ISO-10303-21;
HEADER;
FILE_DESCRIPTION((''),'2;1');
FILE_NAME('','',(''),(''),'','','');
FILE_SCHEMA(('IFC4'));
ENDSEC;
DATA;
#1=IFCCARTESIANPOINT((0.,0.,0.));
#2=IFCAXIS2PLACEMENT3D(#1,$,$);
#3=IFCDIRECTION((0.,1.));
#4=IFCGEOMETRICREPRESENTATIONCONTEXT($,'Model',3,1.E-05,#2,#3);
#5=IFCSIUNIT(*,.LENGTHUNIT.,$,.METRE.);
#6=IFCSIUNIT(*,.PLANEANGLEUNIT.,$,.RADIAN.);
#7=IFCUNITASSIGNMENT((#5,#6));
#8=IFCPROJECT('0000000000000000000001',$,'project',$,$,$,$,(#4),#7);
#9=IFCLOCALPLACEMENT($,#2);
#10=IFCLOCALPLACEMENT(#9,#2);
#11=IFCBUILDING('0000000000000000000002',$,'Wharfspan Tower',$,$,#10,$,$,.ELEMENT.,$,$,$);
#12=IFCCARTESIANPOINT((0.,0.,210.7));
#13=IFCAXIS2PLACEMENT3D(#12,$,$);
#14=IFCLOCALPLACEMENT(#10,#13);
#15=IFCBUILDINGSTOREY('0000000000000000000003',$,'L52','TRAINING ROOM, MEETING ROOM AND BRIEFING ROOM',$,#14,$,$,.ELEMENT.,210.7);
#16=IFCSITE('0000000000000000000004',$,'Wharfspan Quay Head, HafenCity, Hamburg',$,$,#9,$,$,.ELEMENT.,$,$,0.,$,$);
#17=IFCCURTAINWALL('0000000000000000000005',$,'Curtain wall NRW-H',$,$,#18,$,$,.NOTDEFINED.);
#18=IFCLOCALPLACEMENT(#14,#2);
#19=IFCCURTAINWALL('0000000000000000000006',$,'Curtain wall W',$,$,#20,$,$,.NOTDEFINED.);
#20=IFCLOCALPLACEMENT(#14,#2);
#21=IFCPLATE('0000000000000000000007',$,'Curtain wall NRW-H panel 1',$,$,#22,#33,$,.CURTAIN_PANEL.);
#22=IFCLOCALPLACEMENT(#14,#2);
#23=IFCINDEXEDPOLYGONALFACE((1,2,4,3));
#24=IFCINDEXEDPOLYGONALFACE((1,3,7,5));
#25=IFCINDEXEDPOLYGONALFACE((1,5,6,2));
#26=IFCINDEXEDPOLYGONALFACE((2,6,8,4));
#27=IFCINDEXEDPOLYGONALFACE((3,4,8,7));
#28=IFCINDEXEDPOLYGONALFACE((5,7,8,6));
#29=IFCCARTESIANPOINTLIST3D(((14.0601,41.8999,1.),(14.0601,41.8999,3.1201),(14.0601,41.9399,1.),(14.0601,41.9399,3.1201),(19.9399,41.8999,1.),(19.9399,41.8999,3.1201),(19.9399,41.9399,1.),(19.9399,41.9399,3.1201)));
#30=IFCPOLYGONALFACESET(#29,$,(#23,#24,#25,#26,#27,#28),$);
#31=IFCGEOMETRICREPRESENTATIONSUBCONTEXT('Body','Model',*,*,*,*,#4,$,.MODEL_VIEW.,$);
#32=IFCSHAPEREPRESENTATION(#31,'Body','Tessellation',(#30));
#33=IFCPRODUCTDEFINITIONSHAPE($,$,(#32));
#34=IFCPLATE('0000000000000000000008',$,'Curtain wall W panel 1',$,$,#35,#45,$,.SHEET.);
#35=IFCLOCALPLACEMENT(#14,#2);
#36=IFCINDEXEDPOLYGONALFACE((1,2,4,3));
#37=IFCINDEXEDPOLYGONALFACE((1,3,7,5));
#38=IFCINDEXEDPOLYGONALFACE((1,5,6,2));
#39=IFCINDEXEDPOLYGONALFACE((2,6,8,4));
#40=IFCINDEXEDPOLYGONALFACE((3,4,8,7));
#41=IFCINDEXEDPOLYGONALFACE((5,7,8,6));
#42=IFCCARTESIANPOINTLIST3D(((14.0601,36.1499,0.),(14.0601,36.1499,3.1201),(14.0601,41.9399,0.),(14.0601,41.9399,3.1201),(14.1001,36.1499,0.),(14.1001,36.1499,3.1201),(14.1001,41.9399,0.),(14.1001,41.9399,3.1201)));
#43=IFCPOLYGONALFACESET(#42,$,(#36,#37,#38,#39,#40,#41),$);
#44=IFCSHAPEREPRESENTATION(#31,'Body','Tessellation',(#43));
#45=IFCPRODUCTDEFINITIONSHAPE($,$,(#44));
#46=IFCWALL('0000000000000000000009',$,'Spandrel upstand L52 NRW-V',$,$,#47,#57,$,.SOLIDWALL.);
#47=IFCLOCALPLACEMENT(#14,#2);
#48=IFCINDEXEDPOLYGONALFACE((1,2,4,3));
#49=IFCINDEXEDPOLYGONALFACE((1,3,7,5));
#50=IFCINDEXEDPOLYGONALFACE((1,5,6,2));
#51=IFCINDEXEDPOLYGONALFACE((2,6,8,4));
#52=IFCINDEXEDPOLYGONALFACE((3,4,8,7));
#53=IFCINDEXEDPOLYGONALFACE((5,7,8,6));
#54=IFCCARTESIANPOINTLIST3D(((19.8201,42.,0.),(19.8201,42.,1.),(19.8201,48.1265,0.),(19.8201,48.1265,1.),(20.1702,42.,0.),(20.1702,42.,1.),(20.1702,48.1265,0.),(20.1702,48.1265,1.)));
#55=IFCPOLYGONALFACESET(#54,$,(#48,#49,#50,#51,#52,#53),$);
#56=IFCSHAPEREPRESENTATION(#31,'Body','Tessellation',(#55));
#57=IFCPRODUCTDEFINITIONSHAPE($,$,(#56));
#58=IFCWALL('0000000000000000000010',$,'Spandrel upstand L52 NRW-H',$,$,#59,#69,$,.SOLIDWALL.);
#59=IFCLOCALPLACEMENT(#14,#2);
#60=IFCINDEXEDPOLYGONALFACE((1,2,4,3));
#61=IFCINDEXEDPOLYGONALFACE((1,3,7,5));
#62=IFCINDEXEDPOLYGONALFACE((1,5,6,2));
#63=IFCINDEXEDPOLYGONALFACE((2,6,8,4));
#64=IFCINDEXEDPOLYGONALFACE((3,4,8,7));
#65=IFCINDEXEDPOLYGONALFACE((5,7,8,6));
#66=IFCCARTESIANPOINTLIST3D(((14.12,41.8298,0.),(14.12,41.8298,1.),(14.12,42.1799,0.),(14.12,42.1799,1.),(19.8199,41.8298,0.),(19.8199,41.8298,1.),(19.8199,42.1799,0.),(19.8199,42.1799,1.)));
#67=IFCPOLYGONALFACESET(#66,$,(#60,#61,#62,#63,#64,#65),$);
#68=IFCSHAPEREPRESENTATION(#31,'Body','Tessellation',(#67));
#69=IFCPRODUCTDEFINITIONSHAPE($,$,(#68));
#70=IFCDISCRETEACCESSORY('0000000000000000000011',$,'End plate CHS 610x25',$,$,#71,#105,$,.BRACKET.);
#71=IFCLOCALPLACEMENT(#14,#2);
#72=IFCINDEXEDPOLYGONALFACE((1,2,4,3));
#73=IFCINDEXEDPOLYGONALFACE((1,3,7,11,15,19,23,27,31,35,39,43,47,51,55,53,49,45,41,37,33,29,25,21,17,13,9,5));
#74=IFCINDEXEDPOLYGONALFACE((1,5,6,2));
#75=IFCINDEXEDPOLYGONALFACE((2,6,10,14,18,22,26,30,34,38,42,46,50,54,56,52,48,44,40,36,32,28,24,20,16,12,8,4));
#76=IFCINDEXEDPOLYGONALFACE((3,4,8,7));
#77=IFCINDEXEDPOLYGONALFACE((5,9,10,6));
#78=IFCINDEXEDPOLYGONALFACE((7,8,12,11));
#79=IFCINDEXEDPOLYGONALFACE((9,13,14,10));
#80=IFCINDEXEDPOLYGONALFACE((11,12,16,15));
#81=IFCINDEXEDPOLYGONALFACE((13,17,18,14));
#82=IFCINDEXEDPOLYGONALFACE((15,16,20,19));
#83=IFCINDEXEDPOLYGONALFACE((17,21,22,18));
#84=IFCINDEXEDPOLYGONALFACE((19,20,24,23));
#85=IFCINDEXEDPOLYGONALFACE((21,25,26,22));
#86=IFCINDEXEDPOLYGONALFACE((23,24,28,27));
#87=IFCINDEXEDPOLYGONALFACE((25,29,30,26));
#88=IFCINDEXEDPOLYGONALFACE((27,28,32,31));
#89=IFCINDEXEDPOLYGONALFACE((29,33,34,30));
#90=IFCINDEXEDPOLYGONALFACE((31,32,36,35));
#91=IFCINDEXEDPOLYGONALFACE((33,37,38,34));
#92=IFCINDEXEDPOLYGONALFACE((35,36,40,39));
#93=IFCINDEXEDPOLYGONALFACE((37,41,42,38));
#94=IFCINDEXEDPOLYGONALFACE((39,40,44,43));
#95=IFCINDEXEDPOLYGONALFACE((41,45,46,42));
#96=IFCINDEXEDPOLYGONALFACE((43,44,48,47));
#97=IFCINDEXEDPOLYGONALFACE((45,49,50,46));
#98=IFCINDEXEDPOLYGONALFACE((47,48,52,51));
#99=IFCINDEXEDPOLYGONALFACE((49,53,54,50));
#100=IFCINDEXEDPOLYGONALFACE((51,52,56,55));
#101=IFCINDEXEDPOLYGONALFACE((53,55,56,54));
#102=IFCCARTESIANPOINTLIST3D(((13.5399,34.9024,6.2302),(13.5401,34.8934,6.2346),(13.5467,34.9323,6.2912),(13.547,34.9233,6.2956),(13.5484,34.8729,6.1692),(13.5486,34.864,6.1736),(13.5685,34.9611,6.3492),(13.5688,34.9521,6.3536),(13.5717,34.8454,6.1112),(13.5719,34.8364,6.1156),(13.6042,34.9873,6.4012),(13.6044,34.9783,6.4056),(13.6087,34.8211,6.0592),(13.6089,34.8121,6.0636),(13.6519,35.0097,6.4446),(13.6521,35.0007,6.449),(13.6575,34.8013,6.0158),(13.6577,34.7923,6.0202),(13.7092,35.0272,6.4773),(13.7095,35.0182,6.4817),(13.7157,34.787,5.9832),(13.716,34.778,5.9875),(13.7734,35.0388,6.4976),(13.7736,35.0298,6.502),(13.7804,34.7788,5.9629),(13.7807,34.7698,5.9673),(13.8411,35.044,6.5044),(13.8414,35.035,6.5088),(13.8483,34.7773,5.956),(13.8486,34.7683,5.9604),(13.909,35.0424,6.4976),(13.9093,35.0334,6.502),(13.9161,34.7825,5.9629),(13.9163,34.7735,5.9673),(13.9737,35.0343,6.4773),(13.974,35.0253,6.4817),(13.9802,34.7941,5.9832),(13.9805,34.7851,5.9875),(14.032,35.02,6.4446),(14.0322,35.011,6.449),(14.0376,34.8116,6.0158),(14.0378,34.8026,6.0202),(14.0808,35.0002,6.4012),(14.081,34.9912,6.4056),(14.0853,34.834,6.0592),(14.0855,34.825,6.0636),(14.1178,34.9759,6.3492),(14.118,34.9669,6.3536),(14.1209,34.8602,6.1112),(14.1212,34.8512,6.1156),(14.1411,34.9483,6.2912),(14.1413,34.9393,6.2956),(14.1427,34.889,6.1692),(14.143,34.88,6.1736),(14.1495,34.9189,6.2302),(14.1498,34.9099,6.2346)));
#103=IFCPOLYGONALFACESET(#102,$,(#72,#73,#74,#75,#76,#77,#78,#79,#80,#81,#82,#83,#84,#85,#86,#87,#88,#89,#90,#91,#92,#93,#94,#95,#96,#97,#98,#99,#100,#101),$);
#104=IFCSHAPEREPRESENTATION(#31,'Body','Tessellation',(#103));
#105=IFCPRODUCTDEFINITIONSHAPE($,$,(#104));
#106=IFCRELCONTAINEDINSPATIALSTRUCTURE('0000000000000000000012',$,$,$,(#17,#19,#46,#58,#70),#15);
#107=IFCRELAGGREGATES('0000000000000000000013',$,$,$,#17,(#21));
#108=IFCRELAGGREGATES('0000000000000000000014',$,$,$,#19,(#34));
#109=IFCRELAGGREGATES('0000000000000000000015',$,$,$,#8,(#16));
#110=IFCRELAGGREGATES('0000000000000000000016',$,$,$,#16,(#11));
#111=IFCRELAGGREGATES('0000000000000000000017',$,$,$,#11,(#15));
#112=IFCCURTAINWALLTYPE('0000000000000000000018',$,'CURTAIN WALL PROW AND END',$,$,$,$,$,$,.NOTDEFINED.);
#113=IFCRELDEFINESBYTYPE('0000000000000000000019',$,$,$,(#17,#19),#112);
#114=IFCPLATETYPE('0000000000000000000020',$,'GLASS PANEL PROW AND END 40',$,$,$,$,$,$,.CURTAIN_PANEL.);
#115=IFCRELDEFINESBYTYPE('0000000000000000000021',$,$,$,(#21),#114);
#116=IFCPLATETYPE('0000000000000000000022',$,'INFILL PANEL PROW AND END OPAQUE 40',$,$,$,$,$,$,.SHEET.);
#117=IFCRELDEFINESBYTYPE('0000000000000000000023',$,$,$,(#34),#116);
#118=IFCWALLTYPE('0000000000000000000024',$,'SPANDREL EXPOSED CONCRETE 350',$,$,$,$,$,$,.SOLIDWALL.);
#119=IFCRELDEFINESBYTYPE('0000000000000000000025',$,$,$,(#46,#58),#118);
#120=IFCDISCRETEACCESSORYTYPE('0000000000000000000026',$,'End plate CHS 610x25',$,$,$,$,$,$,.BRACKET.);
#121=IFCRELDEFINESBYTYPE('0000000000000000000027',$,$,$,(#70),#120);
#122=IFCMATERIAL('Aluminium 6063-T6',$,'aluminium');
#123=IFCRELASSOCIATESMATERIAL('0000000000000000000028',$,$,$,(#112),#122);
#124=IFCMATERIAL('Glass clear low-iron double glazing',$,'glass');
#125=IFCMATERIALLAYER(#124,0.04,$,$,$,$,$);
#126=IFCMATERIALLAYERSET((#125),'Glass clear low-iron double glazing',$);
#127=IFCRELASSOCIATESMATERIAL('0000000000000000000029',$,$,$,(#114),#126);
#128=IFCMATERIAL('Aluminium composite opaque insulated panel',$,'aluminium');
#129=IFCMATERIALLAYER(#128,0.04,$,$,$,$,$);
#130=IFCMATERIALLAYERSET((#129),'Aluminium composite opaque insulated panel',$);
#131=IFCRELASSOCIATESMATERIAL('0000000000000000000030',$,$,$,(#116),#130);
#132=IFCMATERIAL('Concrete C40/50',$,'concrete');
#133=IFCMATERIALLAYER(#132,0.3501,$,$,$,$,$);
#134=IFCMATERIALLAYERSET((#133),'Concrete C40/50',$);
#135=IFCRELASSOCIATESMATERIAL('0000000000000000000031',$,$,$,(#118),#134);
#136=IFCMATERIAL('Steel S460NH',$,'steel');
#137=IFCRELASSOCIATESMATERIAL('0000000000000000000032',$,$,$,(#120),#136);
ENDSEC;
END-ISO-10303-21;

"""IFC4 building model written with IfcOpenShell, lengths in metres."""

from ifc_helpers import new_model, si_unit, direction, frame, frame_2d, origin, origin_2d, place, context, subcontext, project, spatial, rectangle, circle, extrude, material, layer, layer_set, material_profile, profile_set, type_object, element, aggregate, save


model = new_model("IFC4")

# Units and contexts
model_context = context("Model", 3, precision=1e-05, world=origin(), true_north=direction((0.0, 1.0)))
body_context = subcontext(model_context, "Body", "Model", "MODEL_VIEW")
ifc_project = project(units=[si_unit("LENGTHUNIT", "METRE"), si_unit("PLANEANGLEUNIT", "RADIAN")], contexts=[model_context])

# Site, building, storey
site_placement = place(None, origin())
site = spatial("IfcSite", under=ifc_project, at=site_placement, Name="Wharfspan Quay Head, HafenCity, Hamburg", CompositionType="ELEMENT", RefElevation=0.0)
building_placement = place(site_placement, origin())
building = spatial("IfcBuilding", under=site, at=building_placement, Name="Wharfspan Tower", CompositionType="ELEMENT")
storey_placement = place(building_placement, frame((0.0, 0.0, 210.7)))
storey = spatial("IfcBuildingStorey", under=building, at=storey_placement, Name="L52", Description="TRAINING ROOM, MEETING ROOM AND BRIEFING ROOM", CompositionType="ELEMENT", Elevation=210.7)

# Curtain walls
ifc_material_1 = material(Name="Aluminium 6063-T6", Category="aluminium")
curtain_wall_type = type_object("IfcCurtainWallType", Name="CURTAIN WALL PROW AND END", PredefinedType="NOTDEFINED", material=ifc_material_1)
curtain_wall_1_placement = place(storey_placement, origin())
curtain_wall_1 = element("IfcCurtainWall", 1, at=curtain_wall_1_placement, inside=storey, type_object=curtain_wall_type, Name="Curtain wall NRW-H", PredefinedType="NOTDEFINED")
curtain_wall_2_placement = place(storey_placement, origin())
curtain_wall_2 = element("IfcCurtainWall", 2, at=curtain_wall_2_placement, inside=storey, type_object=curtain_wall_type, Name="Curtain wall W", PredefinedType="NOTDEFINED")

# Shared definitions
ifc_material_2 = material(Name="Steel S460NH", Category="steel")

# Plates
ifc_material_3 = material(Name="Glass clear low-iron double glazing", Category="glass")
ifc_layer_1 = layer(ifc_material_3, 0.04)
ifc_layer_set_1 = layer_set([ifc_layer_1], Name="Glass clear low-iron double glazing")
plate_type_1 = type_object("IfcPlateType", Name="GLASS PANEL PROW AND END 40", PredefinedType="CURTAIN_PANEL", material=ifc_layer_set_1)
plate_1_placement = place(storey_placement, frame((17.0, 41.9199, 1.0), z_axis=(0.0, 0.0, 1.0), x_axis=(-1.0, 0.0, 0.0)))
plate_1 = element("IfcPlate", 3, at=plate_1_placement, type_object=plate_type_1, Name="Curtain wall NRW-H panel 1", PredefinedType="CURTAIN_PANEL", context=body_context, shape_type="SweptSolid", body=[
    extrude(rectangle(XDim=5.8799, YDim=0.04, at=origin_2d()), origin(), (0.0, 0.0, 1.0), 2.1201),
])
aggregate(curtain_wall_1, [plate_1])
ifc_material_4 = material(Name="Aluminium composite opaque insulated panel", Category="aluminium")
ifc_layer_2 = layer(ifc_material_4, 0.04)
ifc_layer_set_2 = layer_set([ifc_layer_2], Name="Aluminium composite opaque insulated panel")
plate_type_2 = type_object("IfcPlateType", Name="INFILL PANEL PROW AND END OPAQUE 40", PredefinedType="SHEET", material=ifc_layer_set_2)
plate_2_placement = place(storey_placement, frame((14.0801, 39.0449, 0.0), z_axis=(0.0, 0.0, 1.0), x_axis=(0.0, -1.0, 0.0)))
plate_2 = element("IfcPlate", 4, at=plate_2_placement, type_object=plate_type_2, Name="Curtain wall W panel 1", PredefinedType="SHEET", context=body_context, shape_type="SweptSolid", body=[
    extrude(rectangle(XDim=5.79, YDim=0.04, at=origin_2d()), origin(), (0.0, 0.0, 1.0), 3.1201),
])
aggregate(curtain_wall_2, [plate_2])

# Walls
ifc_material_5 = material(Name="Concrete C40/50", Category="concrete")
ifc_layer_3 = layer(ifc_material_5, 0.3501)
ifc_layer_set_3 = layer_set([ifc_layer_3], Name="Concrete C40/50")
wall_type = type_object("IfcWallType", Name="SPANDREL EXPOSED CONCRETE 350", PredefinedType="SOLIDWALL", material=ifc_layer_set_3)
wall_1_placement = place(storey_placement, frame((19.9951, 48.1265, 0.0), z_axis=(0.0, 0.0, 1.0), x_axis=(0.0, -1.0, 0.0)))
element("IfcWall", 5, at=wall_1_placement, inside=storey, type_object=wall_type, Name="Spandrel upstand L52 NRW-V", PredefinedType="SOLIDWALL", context=body_context, shape_type="SweptSolid", body=[
    extrude(rectangle(XDim=6.1265, YDim=0.3501, at=frame_2d((3.0632, 0.0))), origin(), (0.0, 0.0, 1.0), 1.0),
])
wall_2_placement = place(storey_placement, frame((19.8201, 42.0049, 0.0), z_axis=(0.0, 0.0, 1.0), x_axis=(-1.0, 0.0, 0.0)))
element("IfcWall", 6, at=wall_2_placement, inside=storey, type_object=wall_type, Name="Spandrel upstand L52 NRW-H", PredefinedType="SOLIDWALL", context=body_context, shape_type="SweptSolid", body=[
    extrude(rectangle(XDim=5.7, YDim=0.3501, at=frame_2d((2.8501, 0.0))), origin(), (0.0, 0.0, 1.0), 1.0),
])

# Discrete accessory
ifc_material_profile_1 = material_profile(ifc_material_2, circle(Radius=0.3049, at=origin_2d()))
ifc_profile_set_1 = profile_set([ifc_material_profile_1], Name="Steel S460NH")
discrete_accessory_type = type_object("IfcDiscreteAccessoryType", Name="End plate CHS 610x25", PredefinedType="BRACKET", material=ifc_profile_set_1)
discrete_accessory_placement = place(storey_placement, frame((13.8447, 34.9106, 6.2302), z_axis=(0.024296, -0.89897, 0.437337), x_axis=(0.999631, 0.027017, 0.000001)))
element("IfcDiscreteAccessory", 7, at=discrete_accessory_placement, inside=storey, type_object=discrete_accessory_type, Name="End plate CHS 610x25", PredefinedType="BRACKET", context=body_context, shape_type="SweptSolid", body=[
    extrude(circle(Radius=0.3049, at=origin_2d()), origin(), (0.0, 0.0, 1.0), 0.01),
])

save(model, "model.ifc")
